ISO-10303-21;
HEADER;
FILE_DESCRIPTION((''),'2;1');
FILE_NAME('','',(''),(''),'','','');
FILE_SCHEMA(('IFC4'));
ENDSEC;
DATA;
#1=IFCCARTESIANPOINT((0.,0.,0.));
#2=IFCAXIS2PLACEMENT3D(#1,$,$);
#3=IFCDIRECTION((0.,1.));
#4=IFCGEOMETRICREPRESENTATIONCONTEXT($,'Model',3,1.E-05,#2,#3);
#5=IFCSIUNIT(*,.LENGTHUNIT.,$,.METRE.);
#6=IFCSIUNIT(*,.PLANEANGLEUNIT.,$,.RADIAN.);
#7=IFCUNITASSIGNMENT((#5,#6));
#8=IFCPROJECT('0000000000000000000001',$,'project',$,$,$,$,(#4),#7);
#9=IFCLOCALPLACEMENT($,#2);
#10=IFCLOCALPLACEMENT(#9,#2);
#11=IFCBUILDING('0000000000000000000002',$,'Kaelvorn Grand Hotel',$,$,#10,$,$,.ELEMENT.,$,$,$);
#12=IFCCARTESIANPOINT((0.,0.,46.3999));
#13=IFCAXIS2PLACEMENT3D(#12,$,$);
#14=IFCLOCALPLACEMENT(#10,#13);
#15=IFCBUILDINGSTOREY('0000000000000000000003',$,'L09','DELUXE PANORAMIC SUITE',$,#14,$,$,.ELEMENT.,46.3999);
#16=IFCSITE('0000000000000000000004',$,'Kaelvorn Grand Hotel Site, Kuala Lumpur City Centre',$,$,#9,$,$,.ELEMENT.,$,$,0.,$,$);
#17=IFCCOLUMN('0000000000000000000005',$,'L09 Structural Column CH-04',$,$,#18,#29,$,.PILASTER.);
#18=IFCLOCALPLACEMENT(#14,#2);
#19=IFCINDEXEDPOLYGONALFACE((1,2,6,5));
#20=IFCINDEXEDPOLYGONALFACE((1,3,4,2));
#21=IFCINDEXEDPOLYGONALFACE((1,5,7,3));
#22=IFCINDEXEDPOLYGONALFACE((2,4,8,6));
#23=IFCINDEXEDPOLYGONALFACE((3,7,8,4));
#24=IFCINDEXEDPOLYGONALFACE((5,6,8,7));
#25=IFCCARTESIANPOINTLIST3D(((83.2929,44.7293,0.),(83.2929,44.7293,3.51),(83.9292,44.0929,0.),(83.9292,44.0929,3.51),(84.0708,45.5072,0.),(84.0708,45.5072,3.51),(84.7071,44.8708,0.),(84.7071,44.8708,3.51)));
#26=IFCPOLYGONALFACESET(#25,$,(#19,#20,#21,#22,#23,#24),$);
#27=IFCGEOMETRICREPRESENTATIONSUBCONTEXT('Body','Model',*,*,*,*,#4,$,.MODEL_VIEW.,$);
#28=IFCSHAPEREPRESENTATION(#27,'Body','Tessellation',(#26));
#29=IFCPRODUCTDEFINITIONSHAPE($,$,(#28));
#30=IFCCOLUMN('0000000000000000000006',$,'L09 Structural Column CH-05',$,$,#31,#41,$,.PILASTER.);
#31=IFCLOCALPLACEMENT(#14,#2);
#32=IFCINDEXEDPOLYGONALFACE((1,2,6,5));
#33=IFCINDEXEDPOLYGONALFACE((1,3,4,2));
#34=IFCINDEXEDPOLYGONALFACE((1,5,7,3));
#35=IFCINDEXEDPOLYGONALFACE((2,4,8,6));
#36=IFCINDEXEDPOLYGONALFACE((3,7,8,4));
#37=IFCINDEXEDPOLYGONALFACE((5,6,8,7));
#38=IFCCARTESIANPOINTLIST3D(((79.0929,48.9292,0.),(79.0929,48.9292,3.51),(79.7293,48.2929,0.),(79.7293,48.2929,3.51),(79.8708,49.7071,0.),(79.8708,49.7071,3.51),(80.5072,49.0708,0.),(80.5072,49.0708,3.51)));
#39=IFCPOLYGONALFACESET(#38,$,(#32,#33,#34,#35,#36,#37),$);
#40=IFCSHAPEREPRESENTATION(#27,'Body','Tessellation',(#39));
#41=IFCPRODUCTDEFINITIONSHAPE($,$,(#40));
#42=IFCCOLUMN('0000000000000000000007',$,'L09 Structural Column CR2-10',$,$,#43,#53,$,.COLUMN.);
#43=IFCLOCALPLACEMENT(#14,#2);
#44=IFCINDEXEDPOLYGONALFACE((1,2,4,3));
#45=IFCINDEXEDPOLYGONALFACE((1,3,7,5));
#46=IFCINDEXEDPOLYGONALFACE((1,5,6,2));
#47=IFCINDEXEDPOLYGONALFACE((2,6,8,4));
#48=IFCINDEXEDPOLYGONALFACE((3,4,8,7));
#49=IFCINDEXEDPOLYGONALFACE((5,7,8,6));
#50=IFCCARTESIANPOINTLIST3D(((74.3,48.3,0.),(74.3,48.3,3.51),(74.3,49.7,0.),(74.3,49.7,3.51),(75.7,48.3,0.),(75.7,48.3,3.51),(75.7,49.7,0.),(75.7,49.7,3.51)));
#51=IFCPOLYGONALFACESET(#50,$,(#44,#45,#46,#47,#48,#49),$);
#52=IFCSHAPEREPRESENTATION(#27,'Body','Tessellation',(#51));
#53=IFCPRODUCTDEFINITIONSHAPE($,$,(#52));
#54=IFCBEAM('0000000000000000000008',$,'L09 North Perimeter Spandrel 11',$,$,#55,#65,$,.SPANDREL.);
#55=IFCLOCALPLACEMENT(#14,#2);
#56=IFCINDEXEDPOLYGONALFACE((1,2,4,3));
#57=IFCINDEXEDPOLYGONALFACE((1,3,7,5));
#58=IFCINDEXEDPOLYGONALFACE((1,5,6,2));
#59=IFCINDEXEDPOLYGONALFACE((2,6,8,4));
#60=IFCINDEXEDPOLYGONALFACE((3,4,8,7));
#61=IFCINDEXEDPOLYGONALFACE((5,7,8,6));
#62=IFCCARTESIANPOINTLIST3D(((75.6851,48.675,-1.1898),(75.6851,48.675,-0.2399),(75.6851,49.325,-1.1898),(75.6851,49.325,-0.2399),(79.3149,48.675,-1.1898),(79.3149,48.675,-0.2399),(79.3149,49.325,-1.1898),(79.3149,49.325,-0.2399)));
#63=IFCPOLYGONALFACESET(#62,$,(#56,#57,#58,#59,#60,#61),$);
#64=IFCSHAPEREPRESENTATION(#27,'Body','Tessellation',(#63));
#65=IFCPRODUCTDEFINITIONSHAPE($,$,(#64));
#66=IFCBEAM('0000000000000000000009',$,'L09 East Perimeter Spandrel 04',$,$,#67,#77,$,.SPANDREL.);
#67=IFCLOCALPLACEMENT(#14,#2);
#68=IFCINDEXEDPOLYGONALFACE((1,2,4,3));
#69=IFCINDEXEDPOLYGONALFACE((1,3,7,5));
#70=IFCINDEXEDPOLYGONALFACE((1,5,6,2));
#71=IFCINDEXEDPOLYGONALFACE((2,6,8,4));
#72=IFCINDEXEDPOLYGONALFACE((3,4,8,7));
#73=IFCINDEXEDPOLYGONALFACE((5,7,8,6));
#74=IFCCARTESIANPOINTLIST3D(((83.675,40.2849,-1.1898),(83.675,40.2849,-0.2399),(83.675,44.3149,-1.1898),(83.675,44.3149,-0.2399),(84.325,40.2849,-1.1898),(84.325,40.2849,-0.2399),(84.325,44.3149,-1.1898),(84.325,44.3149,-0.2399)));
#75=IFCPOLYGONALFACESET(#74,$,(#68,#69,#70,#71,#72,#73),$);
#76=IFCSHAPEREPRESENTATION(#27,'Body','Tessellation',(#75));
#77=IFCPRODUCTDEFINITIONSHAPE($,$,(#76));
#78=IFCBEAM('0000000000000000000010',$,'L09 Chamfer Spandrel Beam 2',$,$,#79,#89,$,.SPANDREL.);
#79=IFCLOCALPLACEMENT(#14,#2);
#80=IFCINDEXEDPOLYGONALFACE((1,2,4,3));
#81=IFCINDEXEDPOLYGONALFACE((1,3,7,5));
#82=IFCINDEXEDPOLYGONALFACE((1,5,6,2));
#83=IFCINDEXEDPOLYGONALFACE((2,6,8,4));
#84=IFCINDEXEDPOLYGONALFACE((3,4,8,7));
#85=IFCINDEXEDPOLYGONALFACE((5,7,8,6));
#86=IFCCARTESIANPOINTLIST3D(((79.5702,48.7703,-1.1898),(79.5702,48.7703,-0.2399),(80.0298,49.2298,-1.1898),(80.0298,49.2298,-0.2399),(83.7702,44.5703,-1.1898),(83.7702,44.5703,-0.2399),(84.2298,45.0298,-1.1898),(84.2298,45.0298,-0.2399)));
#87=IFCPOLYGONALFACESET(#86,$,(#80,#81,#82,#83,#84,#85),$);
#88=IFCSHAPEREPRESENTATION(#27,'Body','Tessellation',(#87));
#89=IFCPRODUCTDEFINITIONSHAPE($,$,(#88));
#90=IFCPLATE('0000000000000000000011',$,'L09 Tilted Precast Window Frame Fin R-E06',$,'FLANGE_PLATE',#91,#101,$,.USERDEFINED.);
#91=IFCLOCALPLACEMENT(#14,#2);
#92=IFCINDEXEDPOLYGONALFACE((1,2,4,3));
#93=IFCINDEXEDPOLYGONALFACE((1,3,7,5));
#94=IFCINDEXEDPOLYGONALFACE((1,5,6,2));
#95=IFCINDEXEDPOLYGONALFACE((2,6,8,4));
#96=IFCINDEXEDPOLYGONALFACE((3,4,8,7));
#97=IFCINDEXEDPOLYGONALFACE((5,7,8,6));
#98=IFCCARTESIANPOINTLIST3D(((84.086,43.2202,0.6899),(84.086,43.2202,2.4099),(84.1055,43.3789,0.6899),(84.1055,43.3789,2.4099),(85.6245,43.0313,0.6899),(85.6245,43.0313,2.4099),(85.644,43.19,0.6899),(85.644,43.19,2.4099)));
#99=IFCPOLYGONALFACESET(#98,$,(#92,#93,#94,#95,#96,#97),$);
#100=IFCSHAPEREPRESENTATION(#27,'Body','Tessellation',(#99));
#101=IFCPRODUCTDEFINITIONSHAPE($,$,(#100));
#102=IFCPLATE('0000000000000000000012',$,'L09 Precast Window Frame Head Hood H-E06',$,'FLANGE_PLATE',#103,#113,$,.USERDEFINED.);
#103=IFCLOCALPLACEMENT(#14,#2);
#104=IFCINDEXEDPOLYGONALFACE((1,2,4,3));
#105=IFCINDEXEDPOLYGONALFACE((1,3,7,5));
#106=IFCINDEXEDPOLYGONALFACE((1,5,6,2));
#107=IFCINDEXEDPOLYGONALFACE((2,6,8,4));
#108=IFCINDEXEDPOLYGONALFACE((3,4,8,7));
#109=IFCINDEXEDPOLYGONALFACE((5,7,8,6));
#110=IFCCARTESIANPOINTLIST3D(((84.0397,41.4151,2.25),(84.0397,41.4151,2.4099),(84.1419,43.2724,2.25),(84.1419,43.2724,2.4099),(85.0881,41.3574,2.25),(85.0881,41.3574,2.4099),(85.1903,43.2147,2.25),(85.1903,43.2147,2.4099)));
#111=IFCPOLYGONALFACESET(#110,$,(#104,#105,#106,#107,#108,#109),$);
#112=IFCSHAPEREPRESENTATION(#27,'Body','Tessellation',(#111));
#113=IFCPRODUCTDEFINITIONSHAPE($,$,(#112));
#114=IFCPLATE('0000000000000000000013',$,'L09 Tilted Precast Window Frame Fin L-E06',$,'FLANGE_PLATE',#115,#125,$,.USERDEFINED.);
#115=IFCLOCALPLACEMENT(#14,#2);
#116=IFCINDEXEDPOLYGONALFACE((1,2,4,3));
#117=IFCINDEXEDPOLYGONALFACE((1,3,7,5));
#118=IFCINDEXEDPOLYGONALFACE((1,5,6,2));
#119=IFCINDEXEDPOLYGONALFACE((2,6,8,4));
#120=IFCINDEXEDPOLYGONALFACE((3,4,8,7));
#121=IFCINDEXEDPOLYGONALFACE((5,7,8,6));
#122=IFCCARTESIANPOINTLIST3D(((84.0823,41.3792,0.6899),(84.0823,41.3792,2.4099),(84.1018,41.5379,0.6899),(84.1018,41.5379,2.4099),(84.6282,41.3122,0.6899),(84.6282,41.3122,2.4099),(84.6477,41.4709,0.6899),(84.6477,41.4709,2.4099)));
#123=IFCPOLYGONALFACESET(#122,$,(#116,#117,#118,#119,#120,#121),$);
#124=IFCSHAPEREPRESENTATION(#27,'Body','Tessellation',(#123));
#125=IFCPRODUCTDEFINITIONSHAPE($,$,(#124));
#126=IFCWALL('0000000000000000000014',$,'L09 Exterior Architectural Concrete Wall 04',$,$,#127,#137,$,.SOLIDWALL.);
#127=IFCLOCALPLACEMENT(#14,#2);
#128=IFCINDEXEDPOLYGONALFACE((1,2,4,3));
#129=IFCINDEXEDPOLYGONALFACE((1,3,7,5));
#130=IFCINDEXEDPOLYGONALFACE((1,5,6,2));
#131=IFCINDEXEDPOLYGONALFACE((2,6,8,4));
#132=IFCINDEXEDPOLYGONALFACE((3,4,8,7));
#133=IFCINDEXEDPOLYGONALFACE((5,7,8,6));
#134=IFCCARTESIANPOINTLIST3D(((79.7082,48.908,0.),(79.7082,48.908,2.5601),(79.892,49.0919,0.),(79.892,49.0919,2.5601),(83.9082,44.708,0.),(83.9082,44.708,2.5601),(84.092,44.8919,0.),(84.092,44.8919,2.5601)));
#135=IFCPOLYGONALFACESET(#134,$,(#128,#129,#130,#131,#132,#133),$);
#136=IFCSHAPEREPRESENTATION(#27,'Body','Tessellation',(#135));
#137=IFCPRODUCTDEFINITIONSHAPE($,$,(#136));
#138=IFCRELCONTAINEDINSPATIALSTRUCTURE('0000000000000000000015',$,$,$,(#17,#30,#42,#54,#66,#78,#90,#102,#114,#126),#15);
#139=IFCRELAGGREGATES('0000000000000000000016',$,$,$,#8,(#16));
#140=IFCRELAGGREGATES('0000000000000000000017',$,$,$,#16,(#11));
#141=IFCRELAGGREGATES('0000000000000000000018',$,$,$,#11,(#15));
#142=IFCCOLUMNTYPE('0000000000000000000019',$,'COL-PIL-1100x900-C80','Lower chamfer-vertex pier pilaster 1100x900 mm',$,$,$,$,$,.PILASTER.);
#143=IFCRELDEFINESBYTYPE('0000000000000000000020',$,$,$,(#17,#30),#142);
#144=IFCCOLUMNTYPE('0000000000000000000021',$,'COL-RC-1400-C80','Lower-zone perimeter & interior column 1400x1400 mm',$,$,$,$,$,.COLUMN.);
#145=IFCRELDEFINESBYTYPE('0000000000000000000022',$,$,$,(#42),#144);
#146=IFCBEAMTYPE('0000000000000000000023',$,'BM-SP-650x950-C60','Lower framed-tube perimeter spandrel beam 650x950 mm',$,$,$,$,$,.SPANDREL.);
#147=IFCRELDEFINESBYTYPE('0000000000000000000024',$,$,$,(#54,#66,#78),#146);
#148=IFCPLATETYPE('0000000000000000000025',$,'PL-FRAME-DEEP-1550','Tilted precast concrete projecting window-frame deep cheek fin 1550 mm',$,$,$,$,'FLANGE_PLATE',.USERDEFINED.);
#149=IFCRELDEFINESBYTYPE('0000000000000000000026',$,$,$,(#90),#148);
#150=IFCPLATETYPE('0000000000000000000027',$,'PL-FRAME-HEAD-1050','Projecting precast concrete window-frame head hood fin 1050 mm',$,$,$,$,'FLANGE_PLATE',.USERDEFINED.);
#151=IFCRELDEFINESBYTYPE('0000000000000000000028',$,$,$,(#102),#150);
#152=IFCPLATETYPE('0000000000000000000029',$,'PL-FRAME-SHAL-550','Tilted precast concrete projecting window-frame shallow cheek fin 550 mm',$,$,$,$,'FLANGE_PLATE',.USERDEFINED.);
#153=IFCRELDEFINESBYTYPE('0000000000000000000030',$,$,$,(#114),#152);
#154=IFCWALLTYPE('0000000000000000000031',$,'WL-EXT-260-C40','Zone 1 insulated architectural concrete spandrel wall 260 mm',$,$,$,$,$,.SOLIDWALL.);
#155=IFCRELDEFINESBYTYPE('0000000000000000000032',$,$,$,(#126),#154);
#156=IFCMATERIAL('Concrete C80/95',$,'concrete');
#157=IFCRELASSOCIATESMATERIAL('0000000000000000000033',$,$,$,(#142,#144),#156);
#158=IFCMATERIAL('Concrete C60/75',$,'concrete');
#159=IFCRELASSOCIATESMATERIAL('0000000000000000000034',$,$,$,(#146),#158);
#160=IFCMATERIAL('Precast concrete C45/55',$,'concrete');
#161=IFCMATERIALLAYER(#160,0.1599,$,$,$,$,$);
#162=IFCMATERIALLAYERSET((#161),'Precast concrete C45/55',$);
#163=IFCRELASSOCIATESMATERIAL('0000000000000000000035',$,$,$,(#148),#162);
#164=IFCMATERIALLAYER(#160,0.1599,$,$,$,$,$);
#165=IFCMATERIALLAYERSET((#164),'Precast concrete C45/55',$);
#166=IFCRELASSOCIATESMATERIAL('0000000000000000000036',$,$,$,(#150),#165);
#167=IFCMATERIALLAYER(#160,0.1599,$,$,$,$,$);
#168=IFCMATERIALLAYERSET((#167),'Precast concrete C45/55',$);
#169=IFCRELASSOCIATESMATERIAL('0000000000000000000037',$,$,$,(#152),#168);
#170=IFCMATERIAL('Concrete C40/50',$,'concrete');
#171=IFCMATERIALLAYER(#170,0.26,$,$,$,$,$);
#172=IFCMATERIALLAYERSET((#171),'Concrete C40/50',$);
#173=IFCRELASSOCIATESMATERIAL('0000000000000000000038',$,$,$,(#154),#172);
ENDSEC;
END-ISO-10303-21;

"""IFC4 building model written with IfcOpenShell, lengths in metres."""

from ifc_helpers import new_model, si_unit, direction, frame, frame_2d, origin, origin_2d, place, context, subcontext, project, spatial, rectangle, extrude, material, layer, layer_set, material_profile, profile_set, type_object, element, save


model = new_model("IFC4")

# Units and contexts
model_context = context("Model", 3, precision=1e-05, world=origin(), true_north=direction((0.0, 1.0)))
body_context = subcontext(model_context, "Body", "Model", "MODEL_VIEW")
ifc_project = project(units=[si_unit("LENGTHUNIT", "METRE"), si_unit("PLANEANGLEUNIT", "RADIAN")], contexts=[model_context])

# Site, building, storey
site_placement = place(None, origin())
site = spatial("IfcSite", under=ifc_project, at=site_placement, Name="Kaelvorn Grand Hotel Site, Kuala Lumpur City Centre", CompositionType="ELEMENT", RefElevation=0.0)
building_placement = place(site_placement, origin())
building = spatial("IfcBuilding", under=site, at=building_placement, Name="Kaelvorn Grand Hotel", CompositionType="ELEMENT")
storey_placement = place(building_placement, frame((0.0, 0.0, 46.3999)))
storey = spatial("IfcBuildingStorey", under=building, at=storey_placement, Name="L09", Description="DELUXE PANORAMIC SUITE", CompositionType="ELEMENT", Elevation=46.3999)

# Columns
ifc_material_1 = material(Name="Concrete C80/95", Category="concrete")
ifc_material_profile_1 = material_profile(ifc_material_1, rectangle(XDim=1.1001, YDim=0.8999, at=origin_2d()), Name="RC PILASTER 1100x900")
ifc_profile_set_1 = profile_set([ifc_material_profile_1], Name="Concrete C80/95")
column_type_1 = type_object("IfcColumnType", Name="COL-PIL-1100x900-C80", Description="Lower chamfer-vertex pier pilaster 1100x900 mm", PredefinedType="PILASTER", material=ifc_profile_set_1)
for number, where, z_axis, x_axis, name in (
    (1, (84.0, 44.8, 0.0), (0.0, 0.0, 1.0), (0.707107, 0.707107, 0.0), "L09 Structural Column CH-04"),
    (2, (79.8, 49.0, 0.0), (0.0, 0.0, 1.0), (0.707107, 0.707107, 0.0), "L09 Structural Column CH-05"),
):
    element("IfcColumn", number, at=place(storey_placement, frame(where, z_axis=z_axis, x_axis=x_axis)), inside=storey, type_object=column_type_1, Name=name, PredefinedType="PILASTER", context=body_context, shape_type="SweptSolid", body=[
        extrude(rectangle(XDim=1.1001, YDim=0.8999, at=origin_2d()), origin(), (0.0, 0.0, 1.0), 3.51),
    ])
ifc_material_profile_2 = material_profile(ifc_material_1, rectangle(XDim=1.3999, YDim=1.3999, at=origin_2d()), Name="RC COL 1400x1400")
ifc_profile_set_2 = profile_set([ifc_material_profile_2], Name="Concrete C80/95")
column_type_2 = type_object("IfcColumnType", Name="COL-RC-1400-C80", Description="Lower-zone perimeter & interior column 1400x1400 mm", PredefinedType="COLUMN", material=ifc_profile_set_2)
column_placement = place(storey_placement, frame((75.0, 49.0, 0.0), z_axis=(0.0, 0.0, 1.0), x_axis=(1.0, 0.0, 0.0)))
element("IfcColumn", 3, at=column_placement, inside=storey, type_object=column_type_2, Name="L09 Structural Column CR2-10", PredefinedType="COLUMN", context=body_context, shape_type="SweptSolid", body=[
    extrude(rectangle(XDim=1.3999, YDim=1.3999, at=origin_2d()), origin(), (0.0, 0.0, 1.0), 3.51),
])

# Beams
ifc_material_2 = material(Name="Concrete C60/75", Category="concrete")
ifc_material_profile_3 = material_profile(ifc_material_2, rectangle(XDim=0.6499, YDim=0.95, at=origin_2d()), Name="RC SPANDREL 650x950")
ifc_profile_set_3 = profile_set([ifc_material_profile_3], Name="Concrete C60/75")
beam_type = type_object("IfcBeamType", Name="BM-SP-650x950-C60", Description="Lower framed-tube perimeter spandrel beam 650x950 mm", PredefinedType="SPANDREL", material=ifc_profile_set_3)
beam_1_placement = place(storey_placement, frame((75.6851, 49.0, -0.7148), z_axis=(1.0, 0.0, 0.0), x_axis=(0.0, 1.0, 0.0)))
element("IfcBeam", 4, at=beam_1_placement, inside=storey, type_object=beam_type, Name="L09 North Perimeter Spandrel 11", PredefinedType="SPANDREL", context=body_context, shape_type="SweptSolid", body=[
    extrude(rectangle(XDim=0.6499, YDim=0.95, at=origin_2d()), origin(), (0.0, 0.0, 1.0), 3.6299),
])
beam_2_placement = place(storey_placement, frame((84.0, 40.2849, -0.7148), z_axis=(0.0, 1.0, 0.0), x_axis=(-1.0, 0.0, 0.0)))
element("IfcBeam", 5, at=beam_2_placement, inside=storey, type_object=beam_type, Name="L09 East Perimeter Spandrel 04", PredefinedType="SPANDREL", context=body_context, shape_type="SweptSolid", body=[
    extrude(rectangle(XDim=0.6499, YDim=0.95, at=origin_2d()), origin(), (0.0, 0.0, 1.0), 4.03),
])
beam_3_placement = place(storey_placement, frame((84.0, 44.8, -0.7148), z_axis=(-0.707107, 0.707107, 0.0), x_axis=(-0.707107, -0.707107, 0.0)))
element("IfcBeam", 6, at=beam_3_placement, inside=storey, type_object=beam_type, Name="L09 Chamfer Spandrel Beam 2", PredefinedType="SPANDREL", context=body_context, shape_type="SweptSolid", body=[
    extrude(rectangle(XDim=0.6499, YDim=0.95, at=origin_2d()), origin(), (0.0, 0.0, 1.0), 5.9397),
])

# Plates
ifc_material_3 = material(Name="Precast concrete C45/55", Category="concrete")
ifc_layer_1 = layer(ifc_material_3, 0.1599)
ifc_layer_set_1 = layer_set([ifc_layer_1], Name="Precast concrete C45/55")
plate_type_1 = type_object("IfcPlateType", Name="PL-FRAME-DEEP-1550", Description="Tilted precast concrete projecting window-frame deep cheek fin 1550 mm", ElementType="FLANGE_PLATE", PredefinedType="USERDEFINED", material=ifc_layer_set_1)
plate_1_placement = place(storey_placement, frame((84.865, 43.2051, 0.6899), z_axis=(0.0, 0.0, 1.0), x_axis=(0.121869, 0.992546, 0.0)))
element("IfcPlate", 7, at=plate_1_placement, inside=storey, type_object=plate_type_1, Name="L09 Tilted Precast Window Frame Fin R-E06", ObjectType="FLANGE_PLATE", PredefinedType="USERDEFINED", context=body_context, shape_type="SweptSolid", body=[
    extrude(rectangle(XDim=0.1599, YDim=1.55, at=origin_2d()), origin(), (0.0, 0.0, 1.0), 1.72),
])
ifc_layer_2 = layer(ifc_material_3, 0.1599)
ifc_layer_set_2 = layer_set([ifc_layer_2], Name="Precast concrete C45/55")
plate_type_2 = type_object("IfcPlateType", Name="PL-FRAME-HEAD-1050", Description="Projecting precast concrete window-frame head hood fin 1050 mm", ElementType="FLANGE_PLATE", PredefinedType="USERDEFINED", material=ifc_layer_set_2)
plate_2_placement = place(storey_placement, frame((84.615, 42.3149, 2.25), z_axis=(0.0, 0.0, 1.0), x_axis=(0.05495, 0.998489, 0.0)))
element("IfcPlate", 8, at=plate_2_placement, inside=storey, type_object=plate_type_2, Name="L09 Precast Window Frame Head Hood H-E06", ObjectType="FLANGE_PLATE", PredefinedType="USERDEFINED", context=body_context, shape_type="SweptSolid", body=[
    extrude(rectangle(XDim=1.8601, YDim=1.05, at=origin_2d()), origin(), (0.0, 0.0, 1.0), 0.1599),
])
ifc_layer_3 = layer(ifc_material_3, 0.1599)
ifc_layer_set_3 = layer_set([ifc_layer_3], Name="Precast concrete C45/55")
plate_type_3 = type_object("IfcPlateType", Name="PL-FRAME-SHAL-550", Description="Tilted precast concrete projecting window-frame shallow cheek fin 550 mm", ElementType="FLANGE_PLATE", PredefinedType="USERDEFINED", material=ifc_layer_set_3)
plate_3_placement = place(storey_placement, frame((84.365, 41.425, 0.6899), z_axis=(0.0, 0.0, 1.0), x_axis=(0.121869, 0.992546, 0.0)))
element("IfcPlate", 9, at=plate_3_placement, inside=storey, type_object=plate_type_3, Name="L09 Tilted Precast Window Frame Fin L-E06", ObjectType="FLANGE_PLATE", PredefinedType="USERDEFINED", context=body_context, shape_type="SweptSolid", body=[
    extrude(rectangle(XDim=0.1599, YDim=0.55, at=origin_2d()), origin(), (0.0, 0.0, 1.0), 1.72),
])

# Wall
ifc_material_4 = material(Name="Concrete C40/50", Category="concrete")
ifc_layer_4 = layer(ifc_material_4, 0.26)
ifc_layer_set_4 = layer_set([ifc_layer_4], Name="Concrete C40/50")
wall_type_1 = type_object("IfcWallType", Name="WL-EXT-260-C40", Description="Zone 1 insulated architectural concrete spandrel wall 260 mm", PredefinedType="SOLIDWALL", material=ifc_layer_set_4)
wall_1_placement = place(storey_placement, frame((84.0, 44.8, 0.0), z_axis=(0.0, 0.0, 1.0), x_axis=(-0.707107, 0.707107, 0.0)))
element("IfcWall", 10, at=wall_1_placement, inside=storey, type_object=wall_type_1, Name="L09 Exterior Architectural Concrete Wall 04", PredefinedType="SOLIDWALL", context=body_context, shape_type="SweptSolid", body=[
    extrude(rectangle(XDim=5.9397, YDim=0.26, at=frame_2d((2.9697, 0.0))), origin(), (0.0, 0.0, 1.0), 2.5601),
])

save(model, "model.ifc")
